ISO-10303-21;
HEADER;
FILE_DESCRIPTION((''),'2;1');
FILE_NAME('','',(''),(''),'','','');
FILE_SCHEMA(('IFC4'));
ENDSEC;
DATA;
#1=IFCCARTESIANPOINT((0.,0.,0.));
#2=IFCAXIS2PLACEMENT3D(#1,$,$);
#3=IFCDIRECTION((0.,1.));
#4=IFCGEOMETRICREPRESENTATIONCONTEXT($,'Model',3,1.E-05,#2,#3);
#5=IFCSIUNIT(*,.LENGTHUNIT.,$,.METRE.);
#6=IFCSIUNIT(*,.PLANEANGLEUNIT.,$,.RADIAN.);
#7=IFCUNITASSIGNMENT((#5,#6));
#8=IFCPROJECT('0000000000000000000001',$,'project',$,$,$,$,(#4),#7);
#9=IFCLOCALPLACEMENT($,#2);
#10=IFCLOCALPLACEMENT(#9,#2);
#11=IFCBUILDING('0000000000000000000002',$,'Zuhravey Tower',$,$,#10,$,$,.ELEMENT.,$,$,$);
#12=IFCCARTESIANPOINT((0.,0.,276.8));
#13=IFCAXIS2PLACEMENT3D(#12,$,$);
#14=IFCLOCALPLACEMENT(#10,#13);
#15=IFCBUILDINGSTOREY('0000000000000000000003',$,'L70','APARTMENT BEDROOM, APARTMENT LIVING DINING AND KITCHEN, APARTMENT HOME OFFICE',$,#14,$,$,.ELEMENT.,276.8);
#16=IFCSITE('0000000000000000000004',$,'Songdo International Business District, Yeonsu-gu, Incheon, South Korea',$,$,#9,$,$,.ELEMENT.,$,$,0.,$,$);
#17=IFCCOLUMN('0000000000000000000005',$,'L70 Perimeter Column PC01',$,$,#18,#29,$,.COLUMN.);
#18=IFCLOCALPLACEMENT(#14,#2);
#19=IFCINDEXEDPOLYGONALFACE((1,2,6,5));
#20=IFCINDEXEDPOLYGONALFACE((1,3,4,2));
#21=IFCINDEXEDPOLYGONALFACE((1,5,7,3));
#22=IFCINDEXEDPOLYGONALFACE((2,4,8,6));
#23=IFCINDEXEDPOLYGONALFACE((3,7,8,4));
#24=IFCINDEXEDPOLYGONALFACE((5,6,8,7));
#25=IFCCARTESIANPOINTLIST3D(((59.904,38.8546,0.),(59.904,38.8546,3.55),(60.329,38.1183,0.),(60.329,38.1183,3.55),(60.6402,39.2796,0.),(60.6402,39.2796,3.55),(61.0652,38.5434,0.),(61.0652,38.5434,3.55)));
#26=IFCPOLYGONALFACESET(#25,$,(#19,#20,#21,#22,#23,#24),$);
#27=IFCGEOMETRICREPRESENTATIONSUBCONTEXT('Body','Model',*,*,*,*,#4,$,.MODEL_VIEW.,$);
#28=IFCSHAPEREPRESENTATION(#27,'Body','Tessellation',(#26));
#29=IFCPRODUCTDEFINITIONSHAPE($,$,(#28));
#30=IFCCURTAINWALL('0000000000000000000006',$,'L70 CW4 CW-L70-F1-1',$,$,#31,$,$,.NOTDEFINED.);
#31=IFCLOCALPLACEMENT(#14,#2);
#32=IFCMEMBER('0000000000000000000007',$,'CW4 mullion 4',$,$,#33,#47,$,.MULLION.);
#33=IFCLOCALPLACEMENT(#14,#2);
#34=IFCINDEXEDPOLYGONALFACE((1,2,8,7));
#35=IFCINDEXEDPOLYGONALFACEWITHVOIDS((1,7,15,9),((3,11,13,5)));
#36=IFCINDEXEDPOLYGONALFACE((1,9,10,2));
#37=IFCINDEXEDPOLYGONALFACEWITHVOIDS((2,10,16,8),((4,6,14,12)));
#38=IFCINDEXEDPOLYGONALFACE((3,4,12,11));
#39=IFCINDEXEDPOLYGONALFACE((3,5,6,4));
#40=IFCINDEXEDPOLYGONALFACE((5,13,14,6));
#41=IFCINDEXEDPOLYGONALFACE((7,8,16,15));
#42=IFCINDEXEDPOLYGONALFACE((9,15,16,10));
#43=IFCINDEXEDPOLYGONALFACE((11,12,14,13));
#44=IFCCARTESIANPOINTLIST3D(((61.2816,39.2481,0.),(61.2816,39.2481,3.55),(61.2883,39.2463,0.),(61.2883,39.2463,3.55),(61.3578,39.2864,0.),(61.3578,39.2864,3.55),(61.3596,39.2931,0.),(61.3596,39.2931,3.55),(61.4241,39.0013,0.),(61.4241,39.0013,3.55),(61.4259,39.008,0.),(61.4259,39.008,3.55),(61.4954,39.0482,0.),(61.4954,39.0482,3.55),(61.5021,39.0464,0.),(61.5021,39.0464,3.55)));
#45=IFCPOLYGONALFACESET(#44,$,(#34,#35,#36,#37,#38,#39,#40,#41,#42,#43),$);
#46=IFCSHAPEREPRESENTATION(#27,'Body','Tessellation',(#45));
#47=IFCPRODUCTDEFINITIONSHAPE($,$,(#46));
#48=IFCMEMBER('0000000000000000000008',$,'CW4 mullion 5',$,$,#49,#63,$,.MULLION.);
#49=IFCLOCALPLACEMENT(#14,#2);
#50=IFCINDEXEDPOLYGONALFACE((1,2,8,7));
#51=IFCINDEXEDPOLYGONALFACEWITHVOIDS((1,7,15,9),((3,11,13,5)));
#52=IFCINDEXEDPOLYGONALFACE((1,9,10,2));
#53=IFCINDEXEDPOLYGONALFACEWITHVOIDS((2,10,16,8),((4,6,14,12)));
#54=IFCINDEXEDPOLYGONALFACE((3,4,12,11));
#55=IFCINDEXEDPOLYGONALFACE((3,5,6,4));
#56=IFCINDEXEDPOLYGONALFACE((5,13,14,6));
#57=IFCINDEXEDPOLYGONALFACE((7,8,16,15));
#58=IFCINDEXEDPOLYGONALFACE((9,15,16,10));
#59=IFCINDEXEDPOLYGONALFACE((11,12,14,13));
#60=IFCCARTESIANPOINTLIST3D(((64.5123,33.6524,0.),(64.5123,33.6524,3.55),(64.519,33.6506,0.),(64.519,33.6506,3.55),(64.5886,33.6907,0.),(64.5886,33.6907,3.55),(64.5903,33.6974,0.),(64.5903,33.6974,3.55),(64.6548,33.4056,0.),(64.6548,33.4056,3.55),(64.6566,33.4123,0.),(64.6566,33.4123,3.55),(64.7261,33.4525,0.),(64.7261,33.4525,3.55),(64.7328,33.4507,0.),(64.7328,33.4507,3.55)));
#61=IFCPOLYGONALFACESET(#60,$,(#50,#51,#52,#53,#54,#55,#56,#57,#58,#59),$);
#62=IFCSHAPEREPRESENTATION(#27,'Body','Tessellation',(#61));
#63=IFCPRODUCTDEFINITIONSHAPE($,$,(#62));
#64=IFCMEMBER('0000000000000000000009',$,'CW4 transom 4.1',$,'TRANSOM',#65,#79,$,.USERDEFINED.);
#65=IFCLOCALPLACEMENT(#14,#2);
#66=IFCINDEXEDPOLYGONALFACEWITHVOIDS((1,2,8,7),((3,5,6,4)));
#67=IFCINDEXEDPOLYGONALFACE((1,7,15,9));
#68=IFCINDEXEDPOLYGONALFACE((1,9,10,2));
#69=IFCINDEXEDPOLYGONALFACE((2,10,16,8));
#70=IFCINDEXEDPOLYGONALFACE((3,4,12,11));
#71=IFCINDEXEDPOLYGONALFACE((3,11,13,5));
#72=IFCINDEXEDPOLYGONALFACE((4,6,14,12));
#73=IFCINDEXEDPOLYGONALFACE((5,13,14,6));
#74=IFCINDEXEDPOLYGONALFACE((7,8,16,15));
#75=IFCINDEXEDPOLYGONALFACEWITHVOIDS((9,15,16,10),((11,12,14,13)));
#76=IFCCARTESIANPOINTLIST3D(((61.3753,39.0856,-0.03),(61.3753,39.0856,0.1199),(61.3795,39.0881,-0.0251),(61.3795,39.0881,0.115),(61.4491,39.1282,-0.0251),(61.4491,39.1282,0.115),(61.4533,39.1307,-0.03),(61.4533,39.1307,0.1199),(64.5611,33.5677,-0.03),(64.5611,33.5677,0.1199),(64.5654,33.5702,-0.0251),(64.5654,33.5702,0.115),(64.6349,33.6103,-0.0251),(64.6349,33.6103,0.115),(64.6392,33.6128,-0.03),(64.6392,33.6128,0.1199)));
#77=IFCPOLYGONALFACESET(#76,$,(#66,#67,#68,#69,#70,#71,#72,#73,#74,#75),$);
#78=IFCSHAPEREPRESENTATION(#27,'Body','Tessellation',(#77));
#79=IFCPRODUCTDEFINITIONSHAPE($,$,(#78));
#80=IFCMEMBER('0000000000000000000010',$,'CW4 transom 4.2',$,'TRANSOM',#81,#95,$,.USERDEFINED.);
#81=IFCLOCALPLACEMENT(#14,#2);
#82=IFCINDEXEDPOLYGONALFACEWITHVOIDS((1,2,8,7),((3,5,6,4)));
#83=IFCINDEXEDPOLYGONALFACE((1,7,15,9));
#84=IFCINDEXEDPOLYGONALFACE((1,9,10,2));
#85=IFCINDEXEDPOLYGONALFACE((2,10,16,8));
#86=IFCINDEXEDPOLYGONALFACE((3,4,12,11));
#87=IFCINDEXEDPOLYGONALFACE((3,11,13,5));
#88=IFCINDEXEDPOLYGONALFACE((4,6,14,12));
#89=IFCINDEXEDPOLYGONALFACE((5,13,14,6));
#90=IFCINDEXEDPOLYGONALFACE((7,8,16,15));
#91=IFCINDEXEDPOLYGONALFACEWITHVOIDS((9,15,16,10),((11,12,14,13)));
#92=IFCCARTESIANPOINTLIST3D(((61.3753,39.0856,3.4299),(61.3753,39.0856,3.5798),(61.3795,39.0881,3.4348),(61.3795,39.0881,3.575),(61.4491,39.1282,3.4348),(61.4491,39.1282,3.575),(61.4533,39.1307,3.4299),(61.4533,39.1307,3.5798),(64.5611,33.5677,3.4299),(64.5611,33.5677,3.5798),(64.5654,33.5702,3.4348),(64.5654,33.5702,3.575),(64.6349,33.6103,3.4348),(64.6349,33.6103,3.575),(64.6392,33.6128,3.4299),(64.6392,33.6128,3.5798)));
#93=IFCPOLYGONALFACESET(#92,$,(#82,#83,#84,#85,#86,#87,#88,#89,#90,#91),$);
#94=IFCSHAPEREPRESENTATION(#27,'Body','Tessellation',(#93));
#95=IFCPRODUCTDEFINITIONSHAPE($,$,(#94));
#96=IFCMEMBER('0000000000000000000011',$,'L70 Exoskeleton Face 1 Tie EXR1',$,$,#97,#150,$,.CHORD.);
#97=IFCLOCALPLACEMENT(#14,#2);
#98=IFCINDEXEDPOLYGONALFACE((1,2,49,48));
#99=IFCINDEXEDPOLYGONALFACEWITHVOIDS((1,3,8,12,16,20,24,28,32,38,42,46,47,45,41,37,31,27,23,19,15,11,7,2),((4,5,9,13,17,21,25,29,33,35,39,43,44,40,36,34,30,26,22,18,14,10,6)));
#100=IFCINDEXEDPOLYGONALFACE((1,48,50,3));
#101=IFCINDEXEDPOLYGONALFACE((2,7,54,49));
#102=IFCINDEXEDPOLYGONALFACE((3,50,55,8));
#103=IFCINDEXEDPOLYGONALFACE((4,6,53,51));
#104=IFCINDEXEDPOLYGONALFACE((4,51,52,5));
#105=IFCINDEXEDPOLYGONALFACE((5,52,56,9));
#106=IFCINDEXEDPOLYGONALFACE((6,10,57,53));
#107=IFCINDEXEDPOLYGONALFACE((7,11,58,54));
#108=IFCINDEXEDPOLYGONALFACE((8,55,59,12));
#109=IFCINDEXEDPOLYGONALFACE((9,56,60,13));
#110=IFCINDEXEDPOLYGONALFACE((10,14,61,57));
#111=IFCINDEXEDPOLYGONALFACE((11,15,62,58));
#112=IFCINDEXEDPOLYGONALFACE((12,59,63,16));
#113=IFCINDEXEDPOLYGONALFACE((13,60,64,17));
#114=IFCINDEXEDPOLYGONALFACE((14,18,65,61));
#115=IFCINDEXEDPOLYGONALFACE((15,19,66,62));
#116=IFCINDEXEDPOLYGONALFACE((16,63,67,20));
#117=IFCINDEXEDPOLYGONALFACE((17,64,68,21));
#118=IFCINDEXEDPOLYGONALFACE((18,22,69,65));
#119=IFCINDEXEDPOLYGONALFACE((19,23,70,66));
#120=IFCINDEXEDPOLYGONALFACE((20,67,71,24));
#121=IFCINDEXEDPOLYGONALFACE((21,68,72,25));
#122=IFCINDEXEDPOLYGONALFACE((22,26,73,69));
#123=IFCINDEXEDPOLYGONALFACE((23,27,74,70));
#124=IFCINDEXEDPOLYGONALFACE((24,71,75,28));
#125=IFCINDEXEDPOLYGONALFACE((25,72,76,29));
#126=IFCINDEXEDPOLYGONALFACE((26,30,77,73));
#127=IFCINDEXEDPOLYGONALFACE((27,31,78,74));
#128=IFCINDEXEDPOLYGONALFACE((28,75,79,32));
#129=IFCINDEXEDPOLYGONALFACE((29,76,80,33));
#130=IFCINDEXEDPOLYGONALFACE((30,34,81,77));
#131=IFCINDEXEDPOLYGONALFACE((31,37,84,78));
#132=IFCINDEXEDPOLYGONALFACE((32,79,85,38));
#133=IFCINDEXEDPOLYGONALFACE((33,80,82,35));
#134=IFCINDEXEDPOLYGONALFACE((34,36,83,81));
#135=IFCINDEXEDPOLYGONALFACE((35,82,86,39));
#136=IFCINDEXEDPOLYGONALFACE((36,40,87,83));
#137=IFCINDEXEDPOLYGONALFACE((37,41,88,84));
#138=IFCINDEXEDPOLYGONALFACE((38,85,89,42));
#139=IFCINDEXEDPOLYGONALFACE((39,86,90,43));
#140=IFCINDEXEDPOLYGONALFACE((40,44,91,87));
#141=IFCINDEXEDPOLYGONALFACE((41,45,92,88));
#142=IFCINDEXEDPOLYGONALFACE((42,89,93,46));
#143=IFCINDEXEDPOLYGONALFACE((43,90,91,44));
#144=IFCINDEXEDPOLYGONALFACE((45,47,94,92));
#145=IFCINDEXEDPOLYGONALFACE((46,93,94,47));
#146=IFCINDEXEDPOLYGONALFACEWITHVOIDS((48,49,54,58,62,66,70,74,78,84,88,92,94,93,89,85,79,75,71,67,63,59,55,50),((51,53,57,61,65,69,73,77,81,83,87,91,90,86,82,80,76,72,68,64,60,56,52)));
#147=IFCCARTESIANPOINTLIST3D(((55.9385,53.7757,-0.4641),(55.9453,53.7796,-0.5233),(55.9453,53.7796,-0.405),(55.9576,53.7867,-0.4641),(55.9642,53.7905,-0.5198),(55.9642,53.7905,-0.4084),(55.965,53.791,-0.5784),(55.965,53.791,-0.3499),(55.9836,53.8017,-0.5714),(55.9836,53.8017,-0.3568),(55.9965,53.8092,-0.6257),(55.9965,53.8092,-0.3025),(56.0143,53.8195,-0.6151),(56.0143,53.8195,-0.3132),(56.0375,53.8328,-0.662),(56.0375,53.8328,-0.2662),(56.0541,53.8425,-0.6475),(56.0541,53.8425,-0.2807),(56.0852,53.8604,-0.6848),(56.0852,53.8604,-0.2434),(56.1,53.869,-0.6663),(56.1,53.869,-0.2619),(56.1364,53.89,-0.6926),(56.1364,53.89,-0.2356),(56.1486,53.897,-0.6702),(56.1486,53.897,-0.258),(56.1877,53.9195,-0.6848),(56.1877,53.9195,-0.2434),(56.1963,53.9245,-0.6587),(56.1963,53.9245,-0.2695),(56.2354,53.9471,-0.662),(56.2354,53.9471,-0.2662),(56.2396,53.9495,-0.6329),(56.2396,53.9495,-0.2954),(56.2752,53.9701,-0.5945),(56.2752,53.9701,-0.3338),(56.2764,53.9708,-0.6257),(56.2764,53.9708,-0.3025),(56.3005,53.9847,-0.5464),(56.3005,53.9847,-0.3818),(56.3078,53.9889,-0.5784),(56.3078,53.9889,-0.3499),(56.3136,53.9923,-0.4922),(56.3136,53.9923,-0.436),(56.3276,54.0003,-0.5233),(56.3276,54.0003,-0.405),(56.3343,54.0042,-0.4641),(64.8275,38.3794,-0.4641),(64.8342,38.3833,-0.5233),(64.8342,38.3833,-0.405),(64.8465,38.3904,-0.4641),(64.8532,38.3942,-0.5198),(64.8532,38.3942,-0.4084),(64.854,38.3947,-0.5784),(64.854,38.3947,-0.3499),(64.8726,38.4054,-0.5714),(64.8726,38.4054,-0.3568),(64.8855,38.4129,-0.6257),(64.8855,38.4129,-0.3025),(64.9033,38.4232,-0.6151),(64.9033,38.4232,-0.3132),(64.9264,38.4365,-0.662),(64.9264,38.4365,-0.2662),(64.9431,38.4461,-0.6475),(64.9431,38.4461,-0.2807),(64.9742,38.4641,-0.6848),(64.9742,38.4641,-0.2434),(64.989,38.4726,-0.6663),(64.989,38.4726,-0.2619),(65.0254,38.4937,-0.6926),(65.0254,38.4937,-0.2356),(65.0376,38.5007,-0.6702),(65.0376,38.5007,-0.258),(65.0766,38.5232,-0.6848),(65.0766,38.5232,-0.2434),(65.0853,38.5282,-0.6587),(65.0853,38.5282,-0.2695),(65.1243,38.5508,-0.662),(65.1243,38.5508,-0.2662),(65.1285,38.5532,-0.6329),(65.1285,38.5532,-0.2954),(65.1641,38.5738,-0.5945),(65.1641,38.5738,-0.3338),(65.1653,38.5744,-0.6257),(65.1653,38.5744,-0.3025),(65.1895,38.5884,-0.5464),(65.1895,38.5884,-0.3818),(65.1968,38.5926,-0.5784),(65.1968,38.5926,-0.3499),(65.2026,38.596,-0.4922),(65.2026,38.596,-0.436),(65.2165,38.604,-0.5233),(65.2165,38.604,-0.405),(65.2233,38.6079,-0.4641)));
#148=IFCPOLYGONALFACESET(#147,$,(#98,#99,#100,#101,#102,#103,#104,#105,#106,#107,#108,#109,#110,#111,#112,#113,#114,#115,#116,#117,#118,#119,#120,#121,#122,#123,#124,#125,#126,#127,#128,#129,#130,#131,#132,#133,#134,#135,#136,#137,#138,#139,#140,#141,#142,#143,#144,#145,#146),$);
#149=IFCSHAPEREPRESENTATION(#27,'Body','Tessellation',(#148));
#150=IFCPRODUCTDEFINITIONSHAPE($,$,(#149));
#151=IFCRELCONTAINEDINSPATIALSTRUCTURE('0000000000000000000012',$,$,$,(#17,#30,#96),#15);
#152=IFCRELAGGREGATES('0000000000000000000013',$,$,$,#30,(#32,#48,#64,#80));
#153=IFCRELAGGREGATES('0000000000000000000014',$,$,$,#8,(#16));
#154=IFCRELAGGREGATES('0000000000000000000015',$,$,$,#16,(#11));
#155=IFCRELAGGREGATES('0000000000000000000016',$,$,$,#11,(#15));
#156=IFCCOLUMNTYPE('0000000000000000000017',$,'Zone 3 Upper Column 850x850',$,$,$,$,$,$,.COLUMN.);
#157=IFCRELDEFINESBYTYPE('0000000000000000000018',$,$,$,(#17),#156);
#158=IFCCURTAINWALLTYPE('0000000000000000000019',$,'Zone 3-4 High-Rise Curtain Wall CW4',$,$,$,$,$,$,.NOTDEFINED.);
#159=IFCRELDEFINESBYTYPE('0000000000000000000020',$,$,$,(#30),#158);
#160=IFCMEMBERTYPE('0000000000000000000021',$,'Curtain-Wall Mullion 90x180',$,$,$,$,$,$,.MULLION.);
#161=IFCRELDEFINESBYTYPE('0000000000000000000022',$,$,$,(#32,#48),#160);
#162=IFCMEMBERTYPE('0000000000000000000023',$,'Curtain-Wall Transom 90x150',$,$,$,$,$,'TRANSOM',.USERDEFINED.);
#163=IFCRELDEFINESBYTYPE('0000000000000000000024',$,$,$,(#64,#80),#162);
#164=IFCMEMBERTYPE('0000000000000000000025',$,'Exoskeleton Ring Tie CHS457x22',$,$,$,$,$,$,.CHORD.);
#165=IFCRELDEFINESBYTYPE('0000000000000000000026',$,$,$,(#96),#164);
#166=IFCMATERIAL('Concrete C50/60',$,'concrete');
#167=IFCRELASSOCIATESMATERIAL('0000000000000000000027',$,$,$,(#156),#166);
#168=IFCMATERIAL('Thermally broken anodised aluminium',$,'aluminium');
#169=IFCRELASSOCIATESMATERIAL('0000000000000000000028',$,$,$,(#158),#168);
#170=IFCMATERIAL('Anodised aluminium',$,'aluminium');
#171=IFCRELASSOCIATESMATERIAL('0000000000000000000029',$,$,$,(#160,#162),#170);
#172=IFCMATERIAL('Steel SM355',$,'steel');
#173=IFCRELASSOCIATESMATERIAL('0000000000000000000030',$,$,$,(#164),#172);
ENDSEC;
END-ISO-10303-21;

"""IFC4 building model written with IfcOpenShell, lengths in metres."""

from ifc_helpers import new_model, si_unit, direction, frame, origin, origin_2d, place, context, subcontext, project, spatial, rectangle, hollow_rectangle, hollow_circle, extrude, material, material_profile, profile_set, type_object, element, aggregate, save


model = new_model("IFC4")

# Units and contexts
model_context = context("Model", 3, precision=1e-05, world=origin(), true_north=direction((0.0, 1.0)))
body_context = subcontext(model_context, "Body", "Model", "MODEL_VIEW")
ifc_project = project(units=[si_unit("LENGTHUNIT", "METRE"), si_unit("PLANEANGLEUNIT", "RADIAN")], contexts=[model_context])

# Site, building, storey
site_placement = place(None, origin())
site = spatial("IfcSite", under=ifc_project, at=site_placement, Name="Songdo International Business District, Yeonsu-gu, Incheon, South Korea", CompositionType="ELEMENT", RefElevation=0.0)
building_placement = place(site_placement, origin())
building = spatial("IfcBuilding", under=site, at=building_placement, Name="Zuhravey Tower", CompositionType="ELEMENT")
storey_placement = place(building_placement, frame((0.0, 0.0, 276.8)))
storey = spatial("IfcBuildingStorey", under=building, at=storey_placement, Name="L70", Description="APARTMENT BEDROOM, APARTMENT LIVING DINING AND KITCHEN, APARTMENT HOME OFFICE", CompositionType="ELEMENT", Elevation=276.8)

# Column
ifc_material_1 = material(Name="Concrete C50/60", Category="concrete")
ifc_material_profile_1 = material_profile(ifc_material_1, rectangle(XDim=0.8501, YDim=0.8501, at=origin_2d()), Name="RC-850x850")
ifc_profile_set_1 = profile_set([ifc_material_profile_1], Name="Concrete C50/60")
column_type = type_object("IfcColumnType", Name="Zone 3 Upper Column 850x850", PredefinedType="COLUMN", material=ifc_profile_set_1)
column_placement = place(storey_placement, frame((60.4846, 38.699, 0.0), z_axis=(0.0, 0.0, 1.0), x_axis=(-0.5, 0.866025, 0.0)))
element("IfcColumn", 1, at=column_placement, inside=storey, type_object=column_type, Name="L70 Perimeter Column PC01", PredefinedType="COLUMN", context=body_context, shape_type="SweptSolid", body=[
    extrude(rectangle(XDim=0.8501, YDim=0.8501, at=origin_2d()), origin(), (0.0, 0.0, 1.0), 3.55),
])

# Curtain wall, members
ifc_material_2 = material(Name="Thermally broken anodised aluminium", Category="aluminium")
curtain_wall_type = type_object("IfcCurtainWallType", Name="Zone 3-4 High-Rise Curtain Wall CW4", PredefinedType="NOTDEFINED", material=ifc_material_2)
curtain_wall_placement = place(storey_placement, origin())
curtain_wall = element("IfcCurtainWall", 2, at=curtain_wall_placement, inside=storey, type_object=curtain_wall_type, Name="L70 CW4 CW-L70-F1-1", PredefinedType="NOTDEFINED")
ifc_material_3 = material(Name="Anodised aluminium", Category="aluminium")
ifc_material_profile_2 = material_profile(ifc_material_3, hollow_rectangle(XDim=0.0901, YDim=0.2849, WallThickness=0.0049, at=origin_2d()), Name="ALU-RHS-90x285x5")
ifc_profile_set_2 = profile_set([ifc_material_profile_2], Name="Anodised aluminium")
member_type_1 = type_object("IfcMemberType", Name="Curtain-Wall Mullion 90x180", PredefinedType="MULLION", material=ifc_profile_set_2)
member_1_placement = place(storey_placement, frame((61.3918, 39.1472, 0.0), z_axis=(0.0, 0.0, 1.0), x_axis=(0.866025, 0.500001, 0.0)))
member_1 = element("IfcMember", 3, at=member_1_placement, type_object=member_type_1, Name="CW4 mullion 4", PredefinedType="MULLION", context=body_context, shape_type="SweptSolid", body=[
    extrude(hollow_rectangle(XDim=0.0901, YDim=0.2849, WallThickness=0.0049, at=origin_2d()), origin(), (0.0, 0.0, 1.0), 3.55),
])
member_2_placement = place(storey_placement, frame((64.6226, 33.5515, 0.0), z_axis=(0.0, 0.0, 1.0), x_axis=(0.866025, 0.500001, 0.0)))
member_2 = element("IfcMember", 4, at=member_2_placement, type_object=member_type_1, Name="CW4 mullion 5", PredefinedType="MULLION", context=body_context, shape_type="SweptSolid", body=[
    extrude(hollow_rectangle(XDim=0.0901, YDim=0.2849, WallThickness=0.0049, at=origin_2d()), origin(), (0.0, 0.0, 1.0), 3.55),
])
ifc_material_profile_3 = material_profile(ifc_material_3, hollow_rectangle(XDim=0.0901, YDim=0.1499, WallThickness=0.0049, at=origin_2d()), Name="ALU-RHS-90x150x5")
ifc_profile_set_3 = profile_set([ifc_material_profile_3], Name="Anodised aluminium")
member_type_2 = type_object("IfcMemberType", Name="Curtain-Wall Transom 90x150", ElementType="TRANSOM", PredefinedType="USERDEFINED", material=ifc_profile_set_3)
member_3_placement = place(storey_placement, frame((61.4143, 39.1082, 0.0449), z_axis=(0.500009, -0.86602, 0.0), x_axis=(0.86602, 0.500009, 0.0)))
member_3 = element("IfcMember", 5, at=member_3_placement, type_object=member_type_2, Name="CW4 transom 4.1", ObjectType="TRANSOM", PredefinedType="USERDEFINED", context=body_context, shape_type="SweptSolid", body=[
    extrude(hollow_rectangle(XDim=0.0901, YDim=0.1499, WallThickness=0.0049, at=origin_2d()), origin(), (0.0, 0.0, 1.0), 6.3716),
])
member_4_placement = place(storey_placement, frame((61.4143, 39.1082, 3.5049), z_axis=(0.500009, -0.86602, 0.0), x_axis=(0.86602, 0.500009, 0.0)))
member_4 = element("IfcMember", 6, at=member_4_placement, type_object=member_type_2, Name="CW4 transom 4.2", ObjectType="TRANSOM", PredefinedType="USERDEFINED", context=body_context, shape_type="SweptSolid", body=[
    extrude(hollow_rectangle(XDim=0.0901, YDim=0.1499, WallThickness=0.0049, at=origin_2d()), origin(), (0.0, 0.0, 1.0), 6.3716),
])

# Member
ifc_material_4 = material(Name="Steel SM355", Category="steel")
ifc_material_profile_4 = material_profile(ifc_material_4, hollow_circle(Radius=0.2285, WallThickness=0.022, at=origin_2d()), Name="CHS-457.2x22")
ifc_profile_set_4 = profile_set([ifc_material_profile_4], Name="Steel SM355")
member_type_3 = type_object("IfcMemberType", Name="Exoskeleton Ring Tie CHS457x22", PredefinedType="CHORD", material=ifc_profile_set_4)
member_5_placement = place(storey_placement, frame((65.0254, 38.4937, -0.4641), z_axis=(-0.499995, 0.866028, 0.0), x_axis=(-0.866028, -0.499995, 0.0)))
element("IfcMember", 7, at=member_5_placement, inside=storey, type_object=member_type_3, Name="L70 Exoskeleton Face 1 Tie EXR1", PredefinedType="CHORD", context=body_context, shape_type="SweptSolid", body=[
    extrude(hollow_circle(Radius=0.2285, WallThickness=0.022, at=origin_2d()), origin(), (0.0, 0.0, 1.0), 17.7781),
])

aggregate(curtain_wall, [member_1, member_2, member_3, member_4])

save(model, "model.ifc")
